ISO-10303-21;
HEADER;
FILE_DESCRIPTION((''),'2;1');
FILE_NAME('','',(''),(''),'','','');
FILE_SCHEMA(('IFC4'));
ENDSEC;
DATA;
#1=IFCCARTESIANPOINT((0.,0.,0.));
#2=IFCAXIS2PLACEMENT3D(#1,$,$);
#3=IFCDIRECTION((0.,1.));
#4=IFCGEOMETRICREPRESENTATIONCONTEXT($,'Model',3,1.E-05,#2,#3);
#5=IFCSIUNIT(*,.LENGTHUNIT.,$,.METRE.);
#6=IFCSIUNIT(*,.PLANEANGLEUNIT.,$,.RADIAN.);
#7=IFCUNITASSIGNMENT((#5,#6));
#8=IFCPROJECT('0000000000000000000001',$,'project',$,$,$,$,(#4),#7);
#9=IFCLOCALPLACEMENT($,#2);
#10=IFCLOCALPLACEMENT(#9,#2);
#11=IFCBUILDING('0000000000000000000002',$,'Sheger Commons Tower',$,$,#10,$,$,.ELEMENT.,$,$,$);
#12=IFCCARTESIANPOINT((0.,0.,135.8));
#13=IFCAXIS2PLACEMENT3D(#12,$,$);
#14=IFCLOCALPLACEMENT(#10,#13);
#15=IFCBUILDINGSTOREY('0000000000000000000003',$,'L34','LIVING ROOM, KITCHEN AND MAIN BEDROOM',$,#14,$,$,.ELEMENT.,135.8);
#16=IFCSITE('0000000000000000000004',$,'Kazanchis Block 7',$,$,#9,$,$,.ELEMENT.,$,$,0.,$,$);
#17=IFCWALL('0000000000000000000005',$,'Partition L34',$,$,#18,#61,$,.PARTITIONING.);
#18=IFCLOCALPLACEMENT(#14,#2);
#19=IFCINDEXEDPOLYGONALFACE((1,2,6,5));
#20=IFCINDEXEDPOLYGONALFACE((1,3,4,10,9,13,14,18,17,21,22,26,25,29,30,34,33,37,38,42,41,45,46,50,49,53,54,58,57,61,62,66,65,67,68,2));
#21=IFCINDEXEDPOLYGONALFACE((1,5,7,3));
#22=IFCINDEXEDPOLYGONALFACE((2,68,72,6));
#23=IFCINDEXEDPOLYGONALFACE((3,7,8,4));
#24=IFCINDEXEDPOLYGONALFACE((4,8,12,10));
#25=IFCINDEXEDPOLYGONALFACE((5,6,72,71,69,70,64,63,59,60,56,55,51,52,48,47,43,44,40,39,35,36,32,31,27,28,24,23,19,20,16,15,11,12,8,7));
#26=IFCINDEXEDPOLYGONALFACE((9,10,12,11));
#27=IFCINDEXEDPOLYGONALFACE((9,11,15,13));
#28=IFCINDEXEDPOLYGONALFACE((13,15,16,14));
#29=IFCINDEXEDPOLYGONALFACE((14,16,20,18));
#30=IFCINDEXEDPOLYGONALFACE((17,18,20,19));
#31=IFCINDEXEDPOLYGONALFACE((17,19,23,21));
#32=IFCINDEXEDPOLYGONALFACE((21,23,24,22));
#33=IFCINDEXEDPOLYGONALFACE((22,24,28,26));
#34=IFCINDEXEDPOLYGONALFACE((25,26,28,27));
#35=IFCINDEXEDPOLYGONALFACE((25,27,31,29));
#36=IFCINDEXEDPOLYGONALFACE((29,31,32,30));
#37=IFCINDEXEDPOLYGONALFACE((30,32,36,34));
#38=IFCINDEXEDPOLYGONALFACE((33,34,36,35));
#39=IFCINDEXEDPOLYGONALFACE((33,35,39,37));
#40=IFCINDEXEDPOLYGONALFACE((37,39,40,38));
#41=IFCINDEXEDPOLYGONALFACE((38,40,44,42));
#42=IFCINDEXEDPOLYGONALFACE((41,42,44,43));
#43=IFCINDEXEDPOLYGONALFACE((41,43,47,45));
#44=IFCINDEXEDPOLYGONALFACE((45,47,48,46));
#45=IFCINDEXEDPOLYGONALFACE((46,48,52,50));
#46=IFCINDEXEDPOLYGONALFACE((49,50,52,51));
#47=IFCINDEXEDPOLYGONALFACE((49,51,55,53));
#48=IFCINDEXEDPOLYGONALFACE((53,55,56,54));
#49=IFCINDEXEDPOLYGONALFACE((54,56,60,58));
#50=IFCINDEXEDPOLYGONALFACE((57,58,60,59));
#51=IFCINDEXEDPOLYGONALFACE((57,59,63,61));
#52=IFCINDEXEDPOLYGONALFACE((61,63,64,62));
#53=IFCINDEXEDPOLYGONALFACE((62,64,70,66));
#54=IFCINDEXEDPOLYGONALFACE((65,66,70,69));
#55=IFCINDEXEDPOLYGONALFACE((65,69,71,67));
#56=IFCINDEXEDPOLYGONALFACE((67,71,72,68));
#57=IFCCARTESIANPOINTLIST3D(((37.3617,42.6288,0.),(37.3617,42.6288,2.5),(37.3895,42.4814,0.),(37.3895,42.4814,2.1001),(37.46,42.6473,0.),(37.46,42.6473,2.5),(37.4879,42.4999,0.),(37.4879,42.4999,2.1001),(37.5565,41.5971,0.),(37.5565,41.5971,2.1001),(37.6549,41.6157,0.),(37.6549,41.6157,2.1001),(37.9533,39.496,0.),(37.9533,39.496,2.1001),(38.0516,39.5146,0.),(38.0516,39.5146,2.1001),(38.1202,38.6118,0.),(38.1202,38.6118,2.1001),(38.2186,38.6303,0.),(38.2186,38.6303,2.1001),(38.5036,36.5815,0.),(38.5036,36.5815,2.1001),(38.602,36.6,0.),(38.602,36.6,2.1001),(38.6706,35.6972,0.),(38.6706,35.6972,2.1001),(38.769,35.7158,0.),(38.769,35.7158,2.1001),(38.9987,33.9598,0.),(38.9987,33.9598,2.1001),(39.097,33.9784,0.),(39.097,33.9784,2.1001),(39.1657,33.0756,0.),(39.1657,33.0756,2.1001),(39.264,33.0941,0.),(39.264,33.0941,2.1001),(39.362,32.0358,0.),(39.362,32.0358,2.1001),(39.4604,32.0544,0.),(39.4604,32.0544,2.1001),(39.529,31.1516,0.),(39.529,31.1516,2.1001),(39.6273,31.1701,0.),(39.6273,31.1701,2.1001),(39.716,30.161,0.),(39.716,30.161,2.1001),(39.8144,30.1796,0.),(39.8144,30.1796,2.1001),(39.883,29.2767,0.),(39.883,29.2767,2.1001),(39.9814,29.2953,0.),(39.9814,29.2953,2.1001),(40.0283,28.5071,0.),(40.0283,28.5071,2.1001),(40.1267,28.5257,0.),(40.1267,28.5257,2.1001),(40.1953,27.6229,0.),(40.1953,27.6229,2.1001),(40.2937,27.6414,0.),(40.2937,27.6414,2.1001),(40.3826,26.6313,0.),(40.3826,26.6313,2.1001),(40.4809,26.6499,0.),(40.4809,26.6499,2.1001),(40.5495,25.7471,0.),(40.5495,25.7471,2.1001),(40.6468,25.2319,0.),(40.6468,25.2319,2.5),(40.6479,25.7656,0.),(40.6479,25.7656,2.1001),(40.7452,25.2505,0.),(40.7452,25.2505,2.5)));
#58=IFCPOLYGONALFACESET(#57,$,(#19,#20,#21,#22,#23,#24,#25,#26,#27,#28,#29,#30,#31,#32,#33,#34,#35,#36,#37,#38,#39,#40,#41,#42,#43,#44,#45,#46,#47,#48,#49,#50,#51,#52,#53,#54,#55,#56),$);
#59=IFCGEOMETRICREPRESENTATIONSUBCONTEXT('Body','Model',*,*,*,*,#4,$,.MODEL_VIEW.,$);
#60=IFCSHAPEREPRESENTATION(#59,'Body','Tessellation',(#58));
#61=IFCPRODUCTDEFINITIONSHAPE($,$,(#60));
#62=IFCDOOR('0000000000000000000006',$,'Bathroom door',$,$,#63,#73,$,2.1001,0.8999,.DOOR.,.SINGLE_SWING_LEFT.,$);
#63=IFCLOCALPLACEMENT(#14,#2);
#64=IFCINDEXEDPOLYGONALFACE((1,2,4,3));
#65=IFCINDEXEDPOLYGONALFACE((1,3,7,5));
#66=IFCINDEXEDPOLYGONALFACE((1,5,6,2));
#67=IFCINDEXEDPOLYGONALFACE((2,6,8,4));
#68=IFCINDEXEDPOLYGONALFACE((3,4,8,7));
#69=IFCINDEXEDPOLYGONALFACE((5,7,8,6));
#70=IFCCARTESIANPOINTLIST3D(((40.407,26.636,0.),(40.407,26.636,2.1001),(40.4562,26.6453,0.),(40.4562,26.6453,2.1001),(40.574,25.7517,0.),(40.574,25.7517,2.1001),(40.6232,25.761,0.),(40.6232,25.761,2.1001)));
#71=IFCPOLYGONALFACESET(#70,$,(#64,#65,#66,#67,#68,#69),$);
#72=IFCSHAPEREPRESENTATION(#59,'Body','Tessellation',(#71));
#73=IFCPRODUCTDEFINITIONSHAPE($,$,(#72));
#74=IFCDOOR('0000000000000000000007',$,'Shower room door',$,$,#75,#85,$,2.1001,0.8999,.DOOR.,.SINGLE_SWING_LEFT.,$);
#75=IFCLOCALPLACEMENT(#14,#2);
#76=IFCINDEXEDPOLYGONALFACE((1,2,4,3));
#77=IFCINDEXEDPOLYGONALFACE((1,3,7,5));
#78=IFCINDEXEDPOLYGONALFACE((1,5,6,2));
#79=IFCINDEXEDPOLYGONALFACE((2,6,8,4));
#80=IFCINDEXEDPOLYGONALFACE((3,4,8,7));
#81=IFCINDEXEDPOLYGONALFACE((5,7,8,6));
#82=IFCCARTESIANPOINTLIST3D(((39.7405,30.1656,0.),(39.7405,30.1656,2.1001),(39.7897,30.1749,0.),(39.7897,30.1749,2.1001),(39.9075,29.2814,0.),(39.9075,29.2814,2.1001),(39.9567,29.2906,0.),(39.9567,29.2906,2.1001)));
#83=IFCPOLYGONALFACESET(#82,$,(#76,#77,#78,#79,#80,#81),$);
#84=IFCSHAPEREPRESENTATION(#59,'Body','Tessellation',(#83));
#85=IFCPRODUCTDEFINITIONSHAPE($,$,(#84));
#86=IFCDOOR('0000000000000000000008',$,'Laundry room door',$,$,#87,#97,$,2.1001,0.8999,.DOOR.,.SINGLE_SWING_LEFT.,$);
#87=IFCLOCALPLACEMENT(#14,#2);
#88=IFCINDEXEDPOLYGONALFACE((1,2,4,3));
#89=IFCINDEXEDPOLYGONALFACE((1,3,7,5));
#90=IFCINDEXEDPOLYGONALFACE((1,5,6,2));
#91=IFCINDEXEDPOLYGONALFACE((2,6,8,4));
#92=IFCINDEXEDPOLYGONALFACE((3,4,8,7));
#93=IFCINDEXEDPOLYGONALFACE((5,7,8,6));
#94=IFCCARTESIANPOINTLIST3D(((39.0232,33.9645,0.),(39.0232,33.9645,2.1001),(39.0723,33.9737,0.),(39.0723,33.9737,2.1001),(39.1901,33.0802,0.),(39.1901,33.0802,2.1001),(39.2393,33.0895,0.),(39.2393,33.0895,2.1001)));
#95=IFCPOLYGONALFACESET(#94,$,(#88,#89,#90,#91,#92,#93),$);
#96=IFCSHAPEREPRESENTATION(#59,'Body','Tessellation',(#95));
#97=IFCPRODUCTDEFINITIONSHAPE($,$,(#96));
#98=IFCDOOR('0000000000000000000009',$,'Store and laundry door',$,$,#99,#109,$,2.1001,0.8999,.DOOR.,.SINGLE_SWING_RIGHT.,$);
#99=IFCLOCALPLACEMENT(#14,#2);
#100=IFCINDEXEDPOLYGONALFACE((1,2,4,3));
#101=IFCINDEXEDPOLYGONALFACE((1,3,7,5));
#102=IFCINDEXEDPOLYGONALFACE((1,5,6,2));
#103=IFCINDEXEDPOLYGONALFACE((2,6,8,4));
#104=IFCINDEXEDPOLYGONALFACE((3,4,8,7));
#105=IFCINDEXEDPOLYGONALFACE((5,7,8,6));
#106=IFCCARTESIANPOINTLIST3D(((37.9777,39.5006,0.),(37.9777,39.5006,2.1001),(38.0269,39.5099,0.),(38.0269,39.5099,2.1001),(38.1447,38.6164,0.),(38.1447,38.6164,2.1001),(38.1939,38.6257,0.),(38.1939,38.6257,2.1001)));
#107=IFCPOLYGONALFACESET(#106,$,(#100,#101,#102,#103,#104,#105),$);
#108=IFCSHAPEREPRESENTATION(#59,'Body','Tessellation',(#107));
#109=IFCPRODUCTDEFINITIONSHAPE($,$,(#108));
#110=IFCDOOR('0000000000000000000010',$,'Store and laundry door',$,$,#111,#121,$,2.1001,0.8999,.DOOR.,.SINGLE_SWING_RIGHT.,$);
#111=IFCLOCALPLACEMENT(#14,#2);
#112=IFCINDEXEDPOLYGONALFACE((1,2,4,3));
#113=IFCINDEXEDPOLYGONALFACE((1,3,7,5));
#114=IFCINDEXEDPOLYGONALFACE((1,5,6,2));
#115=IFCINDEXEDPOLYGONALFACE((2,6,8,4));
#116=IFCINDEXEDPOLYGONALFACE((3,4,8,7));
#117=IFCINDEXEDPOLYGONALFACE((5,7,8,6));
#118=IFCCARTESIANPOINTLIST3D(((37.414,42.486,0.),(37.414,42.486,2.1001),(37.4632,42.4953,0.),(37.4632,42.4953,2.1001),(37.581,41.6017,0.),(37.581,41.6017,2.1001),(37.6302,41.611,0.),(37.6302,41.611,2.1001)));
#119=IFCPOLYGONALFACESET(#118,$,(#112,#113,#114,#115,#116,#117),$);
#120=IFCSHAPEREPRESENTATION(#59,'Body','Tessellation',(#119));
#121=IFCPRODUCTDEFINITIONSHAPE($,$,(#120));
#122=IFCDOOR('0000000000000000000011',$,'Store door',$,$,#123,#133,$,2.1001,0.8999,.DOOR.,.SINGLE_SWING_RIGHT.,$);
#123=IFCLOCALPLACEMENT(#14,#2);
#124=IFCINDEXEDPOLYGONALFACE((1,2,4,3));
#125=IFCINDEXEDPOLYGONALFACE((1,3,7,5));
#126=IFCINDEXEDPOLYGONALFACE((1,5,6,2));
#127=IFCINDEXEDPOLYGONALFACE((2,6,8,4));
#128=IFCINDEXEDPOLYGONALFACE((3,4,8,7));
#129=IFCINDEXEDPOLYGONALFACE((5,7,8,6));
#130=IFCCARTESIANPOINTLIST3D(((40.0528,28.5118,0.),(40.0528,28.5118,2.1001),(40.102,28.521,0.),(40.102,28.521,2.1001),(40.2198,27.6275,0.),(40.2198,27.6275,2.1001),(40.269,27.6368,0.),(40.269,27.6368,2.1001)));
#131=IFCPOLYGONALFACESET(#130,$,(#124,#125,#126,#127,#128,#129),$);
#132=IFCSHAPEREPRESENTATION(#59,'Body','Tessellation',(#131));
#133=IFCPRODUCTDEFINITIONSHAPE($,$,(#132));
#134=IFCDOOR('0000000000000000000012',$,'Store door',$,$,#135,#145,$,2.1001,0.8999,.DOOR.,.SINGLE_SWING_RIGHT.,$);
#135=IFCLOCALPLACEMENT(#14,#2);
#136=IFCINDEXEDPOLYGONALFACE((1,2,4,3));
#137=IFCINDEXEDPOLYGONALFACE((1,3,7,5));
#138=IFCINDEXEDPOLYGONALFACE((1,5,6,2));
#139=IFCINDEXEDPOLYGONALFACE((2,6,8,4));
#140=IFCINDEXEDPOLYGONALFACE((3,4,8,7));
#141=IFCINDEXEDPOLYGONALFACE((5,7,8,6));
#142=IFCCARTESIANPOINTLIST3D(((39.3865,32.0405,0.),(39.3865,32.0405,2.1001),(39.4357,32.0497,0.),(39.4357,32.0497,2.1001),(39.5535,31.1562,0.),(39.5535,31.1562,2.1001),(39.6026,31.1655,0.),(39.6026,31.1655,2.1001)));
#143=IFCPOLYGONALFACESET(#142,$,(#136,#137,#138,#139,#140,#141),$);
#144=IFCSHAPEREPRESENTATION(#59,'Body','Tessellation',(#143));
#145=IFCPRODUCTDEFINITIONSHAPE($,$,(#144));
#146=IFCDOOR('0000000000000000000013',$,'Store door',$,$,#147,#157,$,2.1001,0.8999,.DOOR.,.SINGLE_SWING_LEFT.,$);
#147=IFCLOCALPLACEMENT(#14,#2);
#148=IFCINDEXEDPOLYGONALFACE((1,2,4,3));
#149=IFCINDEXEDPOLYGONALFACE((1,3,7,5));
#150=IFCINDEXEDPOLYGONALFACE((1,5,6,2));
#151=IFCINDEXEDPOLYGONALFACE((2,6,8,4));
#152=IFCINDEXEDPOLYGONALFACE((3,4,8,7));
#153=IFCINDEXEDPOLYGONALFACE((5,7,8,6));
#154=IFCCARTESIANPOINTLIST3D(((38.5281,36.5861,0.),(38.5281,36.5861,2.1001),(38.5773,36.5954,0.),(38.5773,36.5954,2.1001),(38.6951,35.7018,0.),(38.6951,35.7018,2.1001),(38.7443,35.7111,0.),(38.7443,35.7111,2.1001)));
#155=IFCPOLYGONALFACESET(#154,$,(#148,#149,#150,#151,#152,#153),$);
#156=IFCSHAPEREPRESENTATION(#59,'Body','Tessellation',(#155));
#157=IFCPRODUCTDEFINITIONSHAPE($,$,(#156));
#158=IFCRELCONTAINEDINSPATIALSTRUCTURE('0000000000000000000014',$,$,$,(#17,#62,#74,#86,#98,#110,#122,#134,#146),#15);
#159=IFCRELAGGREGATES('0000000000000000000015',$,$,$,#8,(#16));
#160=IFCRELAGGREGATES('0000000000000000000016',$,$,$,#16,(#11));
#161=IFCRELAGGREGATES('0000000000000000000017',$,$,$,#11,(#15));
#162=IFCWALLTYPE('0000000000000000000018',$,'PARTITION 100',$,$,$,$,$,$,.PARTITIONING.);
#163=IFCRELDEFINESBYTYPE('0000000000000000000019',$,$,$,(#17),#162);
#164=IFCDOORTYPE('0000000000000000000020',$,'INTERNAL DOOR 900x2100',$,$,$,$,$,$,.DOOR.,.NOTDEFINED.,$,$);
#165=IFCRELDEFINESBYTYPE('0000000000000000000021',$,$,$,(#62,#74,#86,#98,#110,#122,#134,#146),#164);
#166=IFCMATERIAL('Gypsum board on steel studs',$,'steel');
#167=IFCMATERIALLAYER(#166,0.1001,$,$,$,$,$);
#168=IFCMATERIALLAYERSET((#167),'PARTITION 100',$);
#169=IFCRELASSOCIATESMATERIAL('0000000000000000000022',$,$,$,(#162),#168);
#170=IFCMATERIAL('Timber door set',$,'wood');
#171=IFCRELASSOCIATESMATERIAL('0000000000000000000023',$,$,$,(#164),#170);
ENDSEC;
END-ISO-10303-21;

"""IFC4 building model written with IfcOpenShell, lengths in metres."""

from ifc_helpers import new_model, si_unit, direction, frame, frame_2d, origin, place, context, subcontext, project, spatial, rectangle, extrude, material, layer, layer_set, type_object, element, fill, save


model = new_model("IFC4")

# Units and contexts
model_context = context("Model", 3, precision=1e-05, world=origin(), true_north=direction((0.0, 1.0)))
body_context = subcontext(model_context, "Body", "Model", "MODEL_VIEW")
ifc_project = project(units=[si_unit("LENGTHUNIT", "METRE"), si_unit("PLANEANGLEUNIT", "RADIAN")], contexts=[model_context])

# Site, building, storey
site_placement = place(None, origin())
site = spatial("IfcSite", under=ifc_project, at=site_placement, Name="Kazanchis Block 7", CompositionType="ELEMENT", RefElevation=0.0)
building_placement = place(site_placement, origin())
building = spatial("IfcBuilding", under=site, at=building_placement, Name="Sheger Commons Tower", CompositionType="ELEMENT")
storey_placement = place(building_placement, frame((0.0, 0.0, 135.8)))
storey = spatial("IfcBuildingStorey", under=building, at=storey_placement, Name="L34", Description="LIVING ROOM, KITCHEN AND MAIN BEDROOM", CompositionType="ELEMENT", Elevation=135.8)

# Shared definitions
ifc_material_1 = material(Name="Gypsum board on steel studs", Category="steel")
ifc_layer = layer(ifc_material_1, 0.1001)
ifc_layer_set = layer_set([ifc_layer], Name="PARTITION 100")
wall_type = type_object("IfcWallType", Name="PARTITION 100", PredefinedType="PARTITIONING", material=ifc_layer_set)

# Wall, openings, doors
ifc_material_2 = material(Name="Timber door set", Category="wood")
door_type = type_object("IfcDoorType", Name="INTERNAL DOOR 900x2100", OperationType="NOTDEFINED", PredefinedType="DOOR", material=ifc_material_2)
wall_1_placement = place(storey_placement, frame((37.4109, 42.6379, 0.0), z_axis=(0.0, 0.0, 1.0), x_axis=(0.185556, -0.982634, 0.0)))
wall_1 = element("IfcWall", 1, at=wall_1_placement, inside=storey, type_object=wall_type, Name="Partition L34", PredefinedType="PARTITIONING", context=body_context, shape_type="SweptSolid", body=[
    extrude(rectangle(XDim=17.7043, YDim=0.1001, at=frame_2d((8.8521, 0.0))), origin(), (0.0, 0.0, 1.0), 2.5),
])
opening_1_placement = place(wall_1_placement, frame((16.28, 0.0, 0.0)))
opening_1 = element("IfcOpeningElement", 2, at=opening_1_placement, cuts=wall_1, PredefinedType="OPENING", context=body_context, shape_type="SweptSolid", body=[
    extrude(rectangle(XDim=0.8999, YDim=2.1001, at=frame_2d((0.45, 1.05))), frame((0.0, 0.0601, 0.0), z_axis=(0.0, -1.0, 0.0), x_axis=(1.0, 0.0, 0.0)), (0.0, 0.0, 1.0), 0.1201),
])
opening_2_placement = place(wall_1_placement, frame((12.688, 0.0, 0.0)))
opening_2 = element("IfcOpeningElement", 3, at=opening_2_placement, cuts=wall_1, PredefinedType="OPENING", context=body_context, shape_type="SweptSolid", body=[
    extrude(rectangle(XDim=0.8999, YDim=2.1001, at=frame_2d((0.45, 1.05))), frame((0.0, 0.0601, 0.0), z_axis=(0.0, -1.0, 0.0), x_axis=(1.0, 0.0, 0.0)), (0.0, 0.0, 1.0), 0.1201),
])
opening_3_placement = place(wall_1_placement, frame((8.822, 0.0, 0.0)))
opening_3 = element("IfcOpeningElement", 4, at=opening_3_placement, cuts=wall_1, PredefinedType="OPENING", context=body_context, shape_type="SweptSolid", body=[
    extrude(rectangle(XDim=0.8999, YDim=2.1001, at=frame_2d((0.45, 1.05))), frame((0.0, 0.0601, 0.0), z_axis=(0.0, -1.0, 0.0), x_axis=(1.0, 0.0, 0.0)), (0.0, 0.0, 1.0), 0.1201),
])
opening_4_placement = place(wall_1_placement, frame((3.188, 0.0, 0.0)))
opening_4 = element("IfcOpeningElement", 5, at=opening_4_placement, cuts=wall_1, PredefinedType="OPENING", context=body_context, shape_type="SweptSolid", body=[
    extrude(rectangle(XDim=0.8999, YDim=2.1001, at=frame_2d((0.45, 1.05))), frame((0.0, 0.0601, 0.0), z_axis=(0.0, -1.0, 0.0), x_axis=(1.0, 0.0, 0.0)), (0.0, 0.0, 1.0), 0.1201),
])
opening_5_placement = place(wall_1_placement, frame((0.1499, 0.0, 0.0)))
opening_5 = element("IfcOpeningElement", 6, at=opening_5_placement, cuts=wall_1, PredefinedType="OPENING", context=body_context, shape_type="SweptSolid", body=[
    extrude(rectangle(XDim=0.8999, YDim=2.1001, at=frame_2d((0.45, 1.05))), frame((0.0, 0.0601, 0.0), z_axis=(0.0, -1.0, 0.0), x_axis=(1.0, 0.0, 0.0)), (0.0, 0.0, 1.0), 0.1201),
])
opening_6_placement = place(wall_1_placement, frame((14.3711, 0.0, 0.0)))
opening_6 = element("IfcOpeningElement", 7, at=opening_6_placement, cuts=wall_1, PredefinedType="OPENING", context=body_context, shape_type="SweptSolid", body=[
    extrude(rectangle(XDim=0.8999, YDim=2.1001, at=frame_2d((0.45, 1.05))), frame((0.0, 0.0601, 0.0), z_axis=(0.0, -1.0, 0.0), x_axis=(1.0, 0.0, 0.0)), (0.0, 0.0, 1.0), 0.1201),
])
opening_7_placement = place(wall_1_placement, frame((10.78, 0.0, 0.0)))
opening_7 = element("IfcOpeningElement", 8, at=opening_7_placement, cuts=wall_1, PredefinedType="OPENING", context=body_context, shape_type="SweptSolid", body=[
    extrude(rectangle(XDim=0.8999, YDim=2.1001, at=frame_2d((0.45, 1.05))), frame((0.0, 0.0601, 0.0), z_axis=(0.0, -1.0, 0.0), x_axis=(1.0, 0.0, 0.0)), (0.0, 0.0, 1.0), 0.1201),
])
opening_8_placement = place(wall_1_placement, frame((6.1541, 0.0, 0.0)))
opening_8 = element("IfcOpeningElement", 9, at=opening_8_placement, cuts=wall_1, PredefinedType="OPENING", context=body_context, shape_type="SweptSolid", body=[
    extrude(rectangle(XDim=0.8999, YDim=2.1001, at=frame_2d((0.45, 1.05))), frame((0.0, 0.0601, 0.0), z_axis=(0.0, -1.0, 0.0), x_axis=(1.0, 0.0, 0.0)), (0.0, 0.0, 1.0), 0.1201),
])
door_1_placement = place(opening_1_placement, origin())
door_1 = element("IfcDoor", 10, at=door_1_placement, inside=storey, type_object=door_type, Name="Bathroom door", OperationType="SINGLE_SWING_LEFT", OverallHeight=2.1001, OverallWidth=0.8999, PredefinedType="DOOR", context=body_context, shape_type="SweptSolid", body=[
    extrude(rectangle(XDim=0.8999, YDim=2.1001, at=frame_2d((0.45, 1.05))), frame((0.0, 0.0249, 0.0), z_axis=(0.0, -1.0, 0.0), x_axis=(1.0, 0.0, 0.0)), (0.0, 0.0, 1.0), 0.05),
])
fill(opening_1, door_1)
door_2_placement = place(opening_2_placement, origin())
door_2 = element("IfcDoor", 11, at=door_2_placement, inside=storey, type_object=door_type, Name="Shower room door", OperationType="SINGLE_SWING_LEFT", OverallHeight=2.1001, OverallWidth=0.8999, PredefinedType="DOOR", context=body_context, shape_type="SweptSolid", body=[
    extrude(rectangle(XDim=0.8999, YDim=2.1001, at=frame_2d((0.45, 1.05))), frame((0.0, 0.0249, 0.0), z_axis=(0.0, -1.0, 0.0), x_axis=(1.0, 0.0, 0.0)), (0.0, 0.0, 1.0), 0.05),
])
fill(opening_2, door_2)
door_3_placement = place(opening_3_placement, origin())
door_3 = element("IfcDoor", 12, at=door_3_placement, inside=storey, type_object=door_type, Name="Laundry room door", OperationType="SINGLE_SWING_LEFT", OverallHeight=2.1001, OverallWidth=0.8999, PredefinedType="DOOR", context=body_context, shape_type="SweptSolid", body=[
    extrude(rectangle(XDim=0.8999, YDim=2.1001, at=frame_2d((0.45, 1.05))), frame((0.0, 0.0249, 0.0), z_axis=(0.0, -1.0, 0.0), x_axis=(1.0, 0.0, 0.0)), (0.0, 0.0, 1.0), 0.05),
])
fill(opening_3, door_3)
door_4_placement = place(opening_4_placement, origin())
door_4 = element("IfcDoor", 13, at=door_4_placement, inside=storey, type_object=door_type, Name="Store and laundry door", OperationType="SINGLE_SWING_RIGHT", OverallHeight=2.1001, OverallWidth=0.8999, PredefinedType="DOOR", context=body_context, shape_type="SweptSolid", body=[
    extrude(rectangle(XDim=0.8999, YDim=2.1001, at=frame_2d((0.45, 1.05))), frame((0.0, 0.0249, 0.0), z_axis=(0.0, -1.0, 0.0), x_axis=(1.0, 0.0, 0.0)), (0.0, 0.0, 1.0), 0.05),
])
fill(opening_4, door_4)
door_5_placement = place(opening_5_placement, origin())
door_5 = element("IfcDoor", 14, at=door_5_placement, inside=storey, type_object=door_type, Name="Store and laundry door", OperationType="SINGLE_SWING_RIGHT", OverallHeight=2.1001, OverallWidth=0.8999, PredefinedType="DOOR", context=body_context, shape_type="SweptSolid", body=[
    extrude(rectangle(XDim=0.8999, YDim=2.1001, at=frame_2d((0.45, 1.05))), frame((0.0, 0.0249, 0.0), z_axis=(0.0, -1.0, 0.0), x_axis=(1.0, 0.0, 0.0)), (0.0, 0.0, 1.0), 0.05),
])
fill(opening_5, door_5)
door_6_placement = place(opening_6_placement, origin())
door_6 = element("IfcDoor", 15, at=door_6_placement, inside=storey, type_object=door_type, Name="Store door", OperationType="SINGLE_SWING_RIGHT", OverallHeight=2.1001, OverallWidth=0.8999, PredefinedType="DOOR", context=body_context, shape_type="SweptSolid", body=[
    extrude(rectangle(XDim=0.8999, YDim=2.1001, at=frame_2d((0.45, 1.05))), frame((0.0, 0.0249, 0.0), z_axis=(0.0, -1.0, 0.0), x_axis=(1.0, 0.0, 0.0)), (0.0, 0.0, 1.0), 0.05),
])
fill(opening_6, door_6)
door_7_placement = place(opening_7_placement, origin())
door_7 = element("IfcDoor", 16, at=door_7_placement, inside=storey, type_object=door_type, Name="Store door", OperationType="SINGLE_SWING_RIGHT", OverallHeight=2.1001, OverallWidth=0.8999, PredefinedType="DOOR", context=body_context, shape_type="SweptSolid", body=[
    extrude(rectangle(XDim=0.8999, YDim=2.1001, at=frame_2d((0.45, 1.05))), frame((0.0, 0.0249, 0.0), z_axis=(0.0, -1.0, 0.0), x_axis=(1.0, 0.0, 0.0)), (0.0, 0.0, 1.0), 0.05),
])
fill(opening_7, door_7)
door_8_placement = place(opening_8_placement, origin())
door_8 = element("IfcDoor", 17, at=door_8_placement, inside=storey, type_object=door_type, Name="Store door", OperationType="SINGLE_SWING_LEFT", OverallHeight=2.1001, OverallWidth=0.8999, PredefinedType="DOOR", context=body_context, shape_type="SweptSolid", body=[
    extrude(rectangle(XDim=0.8999, YDim=2.1001, at=frame_2d((0.45, 1.05))), frame((0.0, 0.0249, 0.0), z_axis=(0.0, -1.0, 0.0), x_axis=(1.0, 0.0, 0.0)), (0.0, 0.0, 1.0), 0.05),
])
fill(opening_8, door_8)

save(model, "model.ifc")
